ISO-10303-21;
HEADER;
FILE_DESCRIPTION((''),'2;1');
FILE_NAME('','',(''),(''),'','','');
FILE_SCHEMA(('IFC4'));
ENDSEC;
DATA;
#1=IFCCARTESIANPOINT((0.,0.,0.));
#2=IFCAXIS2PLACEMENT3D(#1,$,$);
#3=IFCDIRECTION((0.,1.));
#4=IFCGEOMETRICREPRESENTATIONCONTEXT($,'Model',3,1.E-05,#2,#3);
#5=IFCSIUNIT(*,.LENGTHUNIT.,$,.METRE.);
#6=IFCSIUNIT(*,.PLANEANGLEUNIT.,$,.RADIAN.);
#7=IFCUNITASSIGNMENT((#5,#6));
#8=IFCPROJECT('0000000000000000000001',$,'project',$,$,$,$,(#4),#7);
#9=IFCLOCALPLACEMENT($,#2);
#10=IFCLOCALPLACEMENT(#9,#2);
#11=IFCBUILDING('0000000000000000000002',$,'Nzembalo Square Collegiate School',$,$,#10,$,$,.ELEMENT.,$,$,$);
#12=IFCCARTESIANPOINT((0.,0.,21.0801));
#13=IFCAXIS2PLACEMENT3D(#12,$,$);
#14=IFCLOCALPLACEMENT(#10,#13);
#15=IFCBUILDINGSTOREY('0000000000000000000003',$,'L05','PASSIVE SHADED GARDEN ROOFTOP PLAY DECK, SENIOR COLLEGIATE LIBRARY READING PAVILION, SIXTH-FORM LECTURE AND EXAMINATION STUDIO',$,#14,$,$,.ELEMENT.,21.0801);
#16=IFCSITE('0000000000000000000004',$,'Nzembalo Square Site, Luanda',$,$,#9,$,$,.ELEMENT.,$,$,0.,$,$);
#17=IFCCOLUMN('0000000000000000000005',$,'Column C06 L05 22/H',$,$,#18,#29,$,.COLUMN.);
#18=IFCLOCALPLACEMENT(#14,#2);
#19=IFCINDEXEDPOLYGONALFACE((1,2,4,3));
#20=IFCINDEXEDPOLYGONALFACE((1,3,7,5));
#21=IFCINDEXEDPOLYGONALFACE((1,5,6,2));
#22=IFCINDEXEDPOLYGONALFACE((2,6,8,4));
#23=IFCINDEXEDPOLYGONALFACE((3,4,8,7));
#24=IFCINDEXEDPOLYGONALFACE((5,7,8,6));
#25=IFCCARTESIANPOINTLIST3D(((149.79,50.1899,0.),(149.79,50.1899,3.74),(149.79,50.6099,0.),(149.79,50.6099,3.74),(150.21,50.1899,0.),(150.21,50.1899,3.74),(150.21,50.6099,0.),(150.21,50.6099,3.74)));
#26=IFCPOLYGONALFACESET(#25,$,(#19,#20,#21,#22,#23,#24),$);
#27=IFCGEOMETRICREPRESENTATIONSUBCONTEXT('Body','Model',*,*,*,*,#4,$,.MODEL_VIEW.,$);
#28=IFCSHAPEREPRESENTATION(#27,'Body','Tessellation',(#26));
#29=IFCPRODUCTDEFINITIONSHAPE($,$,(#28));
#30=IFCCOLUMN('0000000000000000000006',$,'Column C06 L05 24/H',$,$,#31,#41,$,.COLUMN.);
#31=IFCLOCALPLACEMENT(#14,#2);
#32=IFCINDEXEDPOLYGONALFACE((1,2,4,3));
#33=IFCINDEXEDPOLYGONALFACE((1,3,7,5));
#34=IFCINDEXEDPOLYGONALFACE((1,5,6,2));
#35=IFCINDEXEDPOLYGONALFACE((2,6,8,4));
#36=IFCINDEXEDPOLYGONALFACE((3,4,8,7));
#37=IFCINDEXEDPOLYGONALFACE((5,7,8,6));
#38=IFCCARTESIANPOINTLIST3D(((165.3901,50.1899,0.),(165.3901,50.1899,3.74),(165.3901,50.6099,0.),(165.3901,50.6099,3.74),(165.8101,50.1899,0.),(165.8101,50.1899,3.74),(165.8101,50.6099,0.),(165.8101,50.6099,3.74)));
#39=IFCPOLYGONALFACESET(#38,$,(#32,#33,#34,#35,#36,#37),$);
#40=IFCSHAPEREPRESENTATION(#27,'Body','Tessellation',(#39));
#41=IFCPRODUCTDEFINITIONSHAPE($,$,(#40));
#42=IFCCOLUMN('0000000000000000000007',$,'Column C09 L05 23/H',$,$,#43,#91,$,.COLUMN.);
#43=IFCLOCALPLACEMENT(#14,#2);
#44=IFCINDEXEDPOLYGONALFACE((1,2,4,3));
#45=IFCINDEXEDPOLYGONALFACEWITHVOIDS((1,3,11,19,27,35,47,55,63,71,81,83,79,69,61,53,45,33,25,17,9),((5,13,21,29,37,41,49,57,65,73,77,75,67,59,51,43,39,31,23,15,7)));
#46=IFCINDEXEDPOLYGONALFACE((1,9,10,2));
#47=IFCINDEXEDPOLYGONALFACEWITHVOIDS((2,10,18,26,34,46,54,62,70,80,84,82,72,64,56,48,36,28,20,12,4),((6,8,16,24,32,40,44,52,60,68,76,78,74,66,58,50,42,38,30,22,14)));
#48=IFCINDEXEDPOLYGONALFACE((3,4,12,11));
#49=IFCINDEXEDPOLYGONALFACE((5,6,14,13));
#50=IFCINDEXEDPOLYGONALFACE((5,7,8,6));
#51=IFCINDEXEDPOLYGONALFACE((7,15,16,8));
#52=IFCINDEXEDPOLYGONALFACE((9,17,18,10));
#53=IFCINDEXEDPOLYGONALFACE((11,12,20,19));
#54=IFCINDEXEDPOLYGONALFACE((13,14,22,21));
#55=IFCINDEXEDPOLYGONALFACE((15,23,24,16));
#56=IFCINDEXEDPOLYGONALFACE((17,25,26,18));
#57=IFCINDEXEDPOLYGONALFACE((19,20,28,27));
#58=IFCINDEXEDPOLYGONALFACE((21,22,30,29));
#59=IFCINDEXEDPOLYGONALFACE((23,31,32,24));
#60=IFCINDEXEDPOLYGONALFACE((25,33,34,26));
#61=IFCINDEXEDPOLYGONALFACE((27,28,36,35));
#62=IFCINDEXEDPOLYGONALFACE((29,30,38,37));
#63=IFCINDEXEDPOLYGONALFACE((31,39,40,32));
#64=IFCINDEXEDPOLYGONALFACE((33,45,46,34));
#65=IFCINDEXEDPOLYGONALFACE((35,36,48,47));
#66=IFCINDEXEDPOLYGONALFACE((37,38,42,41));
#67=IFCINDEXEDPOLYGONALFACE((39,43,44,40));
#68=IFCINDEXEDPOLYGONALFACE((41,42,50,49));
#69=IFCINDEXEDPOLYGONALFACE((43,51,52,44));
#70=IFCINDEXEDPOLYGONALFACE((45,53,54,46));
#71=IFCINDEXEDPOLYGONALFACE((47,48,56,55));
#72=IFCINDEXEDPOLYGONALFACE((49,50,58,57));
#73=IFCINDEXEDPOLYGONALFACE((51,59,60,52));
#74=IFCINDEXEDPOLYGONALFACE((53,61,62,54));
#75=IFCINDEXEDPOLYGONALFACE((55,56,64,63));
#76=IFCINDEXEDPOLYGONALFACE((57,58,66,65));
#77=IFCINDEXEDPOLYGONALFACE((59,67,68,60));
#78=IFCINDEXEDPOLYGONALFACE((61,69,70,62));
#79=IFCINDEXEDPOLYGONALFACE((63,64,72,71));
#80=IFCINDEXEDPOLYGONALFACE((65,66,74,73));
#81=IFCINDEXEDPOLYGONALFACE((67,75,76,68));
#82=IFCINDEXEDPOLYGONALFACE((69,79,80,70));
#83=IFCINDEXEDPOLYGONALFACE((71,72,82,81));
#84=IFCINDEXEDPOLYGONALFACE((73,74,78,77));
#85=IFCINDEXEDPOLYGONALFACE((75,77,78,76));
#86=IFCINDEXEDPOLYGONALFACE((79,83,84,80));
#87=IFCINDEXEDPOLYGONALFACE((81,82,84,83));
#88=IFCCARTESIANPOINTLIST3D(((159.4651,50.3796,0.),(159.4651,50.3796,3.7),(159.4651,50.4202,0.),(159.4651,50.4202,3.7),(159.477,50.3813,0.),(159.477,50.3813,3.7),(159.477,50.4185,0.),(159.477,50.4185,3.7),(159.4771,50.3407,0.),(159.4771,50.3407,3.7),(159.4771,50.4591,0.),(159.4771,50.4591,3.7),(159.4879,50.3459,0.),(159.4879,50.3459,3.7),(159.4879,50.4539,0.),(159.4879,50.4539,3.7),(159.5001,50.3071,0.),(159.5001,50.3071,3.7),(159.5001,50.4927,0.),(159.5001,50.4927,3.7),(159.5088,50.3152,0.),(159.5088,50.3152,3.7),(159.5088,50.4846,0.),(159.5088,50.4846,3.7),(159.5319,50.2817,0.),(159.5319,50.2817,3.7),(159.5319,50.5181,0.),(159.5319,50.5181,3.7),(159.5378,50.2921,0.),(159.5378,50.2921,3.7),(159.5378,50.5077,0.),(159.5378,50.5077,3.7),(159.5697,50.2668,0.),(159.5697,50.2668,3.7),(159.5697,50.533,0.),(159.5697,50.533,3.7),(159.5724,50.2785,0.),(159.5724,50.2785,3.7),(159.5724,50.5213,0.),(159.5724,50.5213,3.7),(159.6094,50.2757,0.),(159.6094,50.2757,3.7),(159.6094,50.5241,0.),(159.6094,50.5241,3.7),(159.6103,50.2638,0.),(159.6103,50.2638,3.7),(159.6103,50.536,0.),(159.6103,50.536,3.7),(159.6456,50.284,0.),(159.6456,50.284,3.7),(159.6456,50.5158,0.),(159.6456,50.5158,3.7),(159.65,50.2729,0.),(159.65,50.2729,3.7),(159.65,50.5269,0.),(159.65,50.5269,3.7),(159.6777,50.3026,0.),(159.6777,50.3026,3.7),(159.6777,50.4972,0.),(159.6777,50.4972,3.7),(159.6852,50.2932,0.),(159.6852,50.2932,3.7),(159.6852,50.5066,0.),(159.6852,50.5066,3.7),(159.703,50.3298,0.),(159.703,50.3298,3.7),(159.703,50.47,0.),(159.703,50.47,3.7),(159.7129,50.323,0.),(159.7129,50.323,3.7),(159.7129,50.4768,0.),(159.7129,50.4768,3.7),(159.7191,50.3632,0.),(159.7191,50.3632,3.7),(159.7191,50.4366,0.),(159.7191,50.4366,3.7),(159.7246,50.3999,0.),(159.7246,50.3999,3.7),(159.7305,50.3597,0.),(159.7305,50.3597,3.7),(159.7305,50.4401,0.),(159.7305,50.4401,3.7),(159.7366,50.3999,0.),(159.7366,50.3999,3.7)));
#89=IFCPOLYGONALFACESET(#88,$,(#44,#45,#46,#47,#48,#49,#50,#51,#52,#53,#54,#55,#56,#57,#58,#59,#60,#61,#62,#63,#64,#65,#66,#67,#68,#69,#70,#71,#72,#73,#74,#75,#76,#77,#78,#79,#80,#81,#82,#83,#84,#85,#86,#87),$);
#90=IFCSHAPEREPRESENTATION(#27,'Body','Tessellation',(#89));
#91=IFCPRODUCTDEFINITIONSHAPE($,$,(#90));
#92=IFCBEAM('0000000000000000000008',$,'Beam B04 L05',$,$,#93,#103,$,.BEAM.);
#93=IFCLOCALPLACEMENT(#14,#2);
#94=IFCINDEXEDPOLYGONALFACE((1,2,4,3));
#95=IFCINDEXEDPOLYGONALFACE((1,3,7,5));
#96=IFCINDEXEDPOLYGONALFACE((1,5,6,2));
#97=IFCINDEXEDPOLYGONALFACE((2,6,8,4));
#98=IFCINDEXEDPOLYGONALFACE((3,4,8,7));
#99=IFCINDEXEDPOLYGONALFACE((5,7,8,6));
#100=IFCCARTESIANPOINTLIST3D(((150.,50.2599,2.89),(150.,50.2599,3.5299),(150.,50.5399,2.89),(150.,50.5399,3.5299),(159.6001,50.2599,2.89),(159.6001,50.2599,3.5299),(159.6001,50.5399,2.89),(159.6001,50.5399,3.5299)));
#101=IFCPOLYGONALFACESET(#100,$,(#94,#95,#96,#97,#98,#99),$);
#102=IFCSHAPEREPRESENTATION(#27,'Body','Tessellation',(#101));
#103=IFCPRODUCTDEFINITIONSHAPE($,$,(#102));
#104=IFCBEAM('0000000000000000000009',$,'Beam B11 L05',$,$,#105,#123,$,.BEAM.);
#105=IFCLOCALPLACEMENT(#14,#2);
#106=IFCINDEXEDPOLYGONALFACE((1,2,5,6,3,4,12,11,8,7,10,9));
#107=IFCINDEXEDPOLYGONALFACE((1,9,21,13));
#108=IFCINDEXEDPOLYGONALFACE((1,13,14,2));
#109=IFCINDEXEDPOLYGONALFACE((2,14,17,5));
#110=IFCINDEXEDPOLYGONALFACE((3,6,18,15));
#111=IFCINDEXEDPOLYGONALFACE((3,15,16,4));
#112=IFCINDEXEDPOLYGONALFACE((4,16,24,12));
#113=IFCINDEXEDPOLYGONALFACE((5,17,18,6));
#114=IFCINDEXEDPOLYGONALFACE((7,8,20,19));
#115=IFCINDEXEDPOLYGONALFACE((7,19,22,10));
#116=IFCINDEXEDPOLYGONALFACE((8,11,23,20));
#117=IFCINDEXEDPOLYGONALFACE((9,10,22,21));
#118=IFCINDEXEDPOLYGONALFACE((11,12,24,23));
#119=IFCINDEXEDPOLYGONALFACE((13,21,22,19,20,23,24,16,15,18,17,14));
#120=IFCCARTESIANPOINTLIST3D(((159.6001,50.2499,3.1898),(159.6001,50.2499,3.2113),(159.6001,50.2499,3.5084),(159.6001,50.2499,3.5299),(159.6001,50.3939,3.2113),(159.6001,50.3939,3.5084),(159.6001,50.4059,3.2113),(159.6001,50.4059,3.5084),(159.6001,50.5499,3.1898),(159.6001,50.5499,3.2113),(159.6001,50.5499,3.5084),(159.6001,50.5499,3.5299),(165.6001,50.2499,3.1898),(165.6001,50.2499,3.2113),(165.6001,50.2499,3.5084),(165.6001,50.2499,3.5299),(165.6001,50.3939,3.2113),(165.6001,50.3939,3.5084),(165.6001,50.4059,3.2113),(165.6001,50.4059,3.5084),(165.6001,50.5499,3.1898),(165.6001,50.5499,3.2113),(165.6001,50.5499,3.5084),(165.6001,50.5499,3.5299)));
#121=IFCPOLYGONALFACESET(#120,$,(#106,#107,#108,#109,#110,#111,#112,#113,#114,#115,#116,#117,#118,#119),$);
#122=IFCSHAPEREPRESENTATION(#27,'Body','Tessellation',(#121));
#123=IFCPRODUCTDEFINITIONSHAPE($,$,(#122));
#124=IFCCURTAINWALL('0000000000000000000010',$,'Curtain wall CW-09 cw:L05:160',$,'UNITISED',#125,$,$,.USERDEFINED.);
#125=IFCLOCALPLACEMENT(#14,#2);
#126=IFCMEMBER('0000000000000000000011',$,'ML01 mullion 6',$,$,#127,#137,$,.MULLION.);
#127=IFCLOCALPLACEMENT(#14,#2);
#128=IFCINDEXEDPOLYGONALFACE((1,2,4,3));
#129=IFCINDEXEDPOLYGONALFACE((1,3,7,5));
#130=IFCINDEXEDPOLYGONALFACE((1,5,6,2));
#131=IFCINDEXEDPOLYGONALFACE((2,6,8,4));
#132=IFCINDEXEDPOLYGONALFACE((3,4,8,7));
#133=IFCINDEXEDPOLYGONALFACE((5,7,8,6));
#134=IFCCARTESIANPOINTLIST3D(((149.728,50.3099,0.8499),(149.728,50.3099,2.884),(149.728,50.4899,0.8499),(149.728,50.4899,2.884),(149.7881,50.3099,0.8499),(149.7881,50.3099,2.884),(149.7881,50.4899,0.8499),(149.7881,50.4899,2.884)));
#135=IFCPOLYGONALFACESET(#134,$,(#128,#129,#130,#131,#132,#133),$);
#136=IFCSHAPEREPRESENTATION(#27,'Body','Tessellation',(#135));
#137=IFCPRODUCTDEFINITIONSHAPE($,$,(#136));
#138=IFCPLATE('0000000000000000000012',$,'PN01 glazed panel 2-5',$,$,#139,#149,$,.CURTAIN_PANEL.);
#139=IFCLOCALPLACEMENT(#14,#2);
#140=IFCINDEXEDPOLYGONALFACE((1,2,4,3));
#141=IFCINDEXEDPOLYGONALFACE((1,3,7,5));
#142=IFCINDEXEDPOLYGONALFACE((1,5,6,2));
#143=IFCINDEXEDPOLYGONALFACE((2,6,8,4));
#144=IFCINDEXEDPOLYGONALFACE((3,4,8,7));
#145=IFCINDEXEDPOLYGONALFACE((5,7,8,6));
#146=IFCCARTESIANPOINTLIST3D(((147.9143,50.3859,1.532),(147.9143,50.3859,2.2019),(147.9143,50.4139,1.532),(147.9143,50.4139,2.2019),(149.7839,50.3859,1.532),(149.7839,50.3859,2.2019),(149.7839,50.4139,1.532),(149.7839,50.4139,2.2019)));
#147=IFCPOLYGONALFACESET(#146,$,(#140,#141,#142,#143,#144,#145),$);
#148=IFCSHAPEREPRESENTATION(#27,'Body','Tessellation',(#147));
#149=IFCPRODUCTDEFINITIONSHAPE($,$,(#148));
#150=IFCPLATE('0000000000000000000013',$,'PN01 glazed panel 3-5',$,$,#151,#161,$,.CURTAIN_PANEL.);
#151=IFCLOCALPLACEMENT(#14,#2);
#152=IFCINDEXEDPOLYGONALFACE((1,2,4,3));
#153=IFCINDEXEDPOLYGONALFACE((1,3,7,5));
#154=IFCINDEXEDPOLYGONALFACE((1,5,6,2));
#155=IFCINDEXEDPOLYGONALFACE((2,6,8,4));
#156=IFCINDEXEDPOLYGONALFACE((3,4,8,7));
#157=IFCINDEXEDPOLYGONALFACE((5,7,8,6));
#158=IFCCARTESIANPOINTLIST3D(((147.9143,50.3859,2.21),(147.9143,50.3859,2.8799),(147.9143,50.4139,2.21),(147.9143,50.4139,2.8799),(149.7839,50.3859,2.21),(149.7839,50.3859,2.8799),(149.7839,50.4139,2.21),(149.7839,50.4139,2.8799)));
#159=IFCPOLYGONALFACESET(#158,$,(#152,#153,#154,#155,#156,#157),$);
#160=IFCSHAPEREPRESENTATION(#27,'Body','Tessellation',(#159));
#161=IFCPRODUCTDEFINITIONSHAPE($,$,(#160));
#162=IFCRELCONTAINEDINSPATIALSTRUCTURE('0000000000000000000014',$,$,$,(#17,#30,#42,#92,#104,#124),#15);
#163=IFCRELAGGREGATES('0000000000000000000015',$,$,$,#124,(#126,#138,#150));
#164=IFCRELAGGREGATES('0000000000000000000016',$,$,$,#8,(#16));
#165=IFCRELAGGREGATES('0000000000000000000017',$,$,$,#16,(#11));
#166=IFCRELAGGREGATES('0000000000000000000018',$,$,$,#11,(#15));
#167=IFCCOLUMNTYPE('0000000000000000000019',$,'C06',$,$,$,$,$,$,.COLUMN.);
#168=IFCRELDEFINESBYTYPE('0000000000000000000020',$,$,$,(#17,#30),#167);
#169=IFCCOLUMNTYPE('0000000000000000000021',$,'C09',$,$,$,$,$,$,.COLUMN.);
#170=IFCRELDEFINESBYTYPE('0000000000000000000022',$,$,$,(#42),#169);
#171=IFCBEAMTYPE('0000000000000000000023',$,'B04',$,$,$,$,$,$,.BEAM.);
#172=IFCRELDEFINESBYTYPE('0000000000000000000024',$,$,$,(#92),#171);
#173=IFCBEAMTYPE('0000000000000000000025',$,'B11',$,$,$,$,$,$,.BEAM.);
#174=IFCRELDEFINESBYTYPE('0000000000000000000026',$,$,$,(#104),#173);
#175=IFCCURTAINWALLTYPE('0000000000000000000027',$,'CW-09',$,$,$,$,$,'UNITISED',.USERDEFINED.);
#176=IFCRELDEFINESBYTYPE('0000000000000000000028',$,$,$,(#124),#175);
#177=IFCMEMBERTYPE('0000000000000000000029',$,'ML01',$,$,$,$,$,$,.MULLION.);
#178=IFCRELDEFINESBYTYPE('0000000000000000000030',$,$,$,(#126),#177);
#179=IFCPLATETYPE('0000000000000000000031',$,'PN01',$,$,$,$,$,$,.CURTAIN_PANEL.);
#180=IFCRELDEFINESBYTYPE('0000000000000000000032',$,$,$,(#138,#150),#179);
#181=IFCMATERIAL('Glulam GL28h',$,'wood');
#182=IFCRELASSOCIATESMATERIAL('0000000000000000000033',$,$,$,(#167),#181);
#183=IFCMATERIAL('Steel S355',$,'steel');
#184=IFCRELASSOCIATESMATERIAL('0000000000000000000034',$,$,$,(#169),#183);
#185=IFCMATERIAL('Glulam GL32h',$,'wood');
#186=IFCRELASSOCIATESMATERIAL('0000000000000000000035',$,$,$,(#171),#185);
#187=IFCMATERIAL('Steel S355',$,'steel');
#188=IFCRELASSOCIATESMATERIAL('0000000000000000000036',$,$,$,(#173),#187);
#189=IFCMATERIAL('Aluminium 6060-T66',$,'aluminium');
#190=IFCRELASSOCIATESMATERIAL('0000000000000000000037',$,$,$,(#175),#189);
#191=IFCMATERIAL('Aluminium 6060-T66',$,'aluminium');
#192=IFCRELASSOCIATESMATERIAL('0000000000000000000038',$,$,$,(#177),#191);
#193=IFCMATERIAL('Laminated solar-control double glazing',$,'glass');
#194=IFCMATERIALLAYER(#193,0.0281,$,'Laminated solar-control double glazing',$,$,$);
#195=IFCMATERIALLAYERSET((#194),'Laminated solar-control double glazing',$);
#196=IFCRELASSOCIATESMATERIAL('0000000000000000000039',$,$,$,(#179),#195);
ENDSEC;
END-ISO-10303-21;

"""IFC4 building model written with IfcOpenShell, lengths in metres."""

from ifc_helpers import new_model, si_unit, direction, frame, origin, origin_2d, place, context, subcontext, project, spatial, rectangle, hollow_circle, i_section, extrude, material, layer, layer_set, material_profile, profile_set, type_object, element, aggregate, save


model = new_model("IFC4")

# Units and contexts
model_context = context("Model", 3, precision=1e-05, world=origin(), true_north=direction((0.0, 1.0)))
body_context = subcontext(model_context, "Body", "Model", "MODEL_VIEW")
ifc_project = project(units=[si_unit("LENGTHUNIT", "METRE"), si_unit("PLANEANGLEUNIT", "RADIAN")], contexts=[model_context])

# Site, building, storey
site_placement = place(None, origin())
site = spatial("IfcSite", under=ifc_project, at=site_placement, Name="Nzembalo Square Site, Luanda", CompositionType="ELEMENT", RefElevation=0.0)
building_placement = place(site_placement, origin())
building = spatial("IfcBuilding", under=site, at=building_placement, Name="Nzembalo Square Collegiate School", CompositionType="ELEMENT")
storey_placement = place(building_placement, frame((0.0, 0.0, 21.0801)))
storey = spatial("IfcBuildingStorey", under=building, at=storey_placement, Name="L05", Description="PASSIVE SHADED GARDEN ROOFTOP PLAY DECK, SENIOR COLLEGIATE LIBRARY READING PAVILION, SIXTH-FORM LECTURE AND EXAMINATION STUDIO", CompositionType="ELEMENT", Elevation=21.0801)

# Columns
ifc_material_1 = material(Name="Glulam GL28h", Category="wood")
ifc_material_profile_1 = material_profile(ifc_material_1, rectangle(XDim=0.4199, YDim=0.4199, at=origin_2d()), Name="GL28h 420x420")
ifc_profile_set_1 = profile_set([ifc_material_profile_1], Name="Glulam GL28h")
column_type_1 = type_object("IfcColumnType", Name="C06", PredefinedType="COLUMN", material=ifc_profile_set_1)
for number, where, z_axis, x_axis, name in (
    (1, (150.0, 50.3999, 0.0), (0.0, 0.0, 1.0), (1.0, 0.0, 0.0), "Column C06 L05 22/H"),
    (2, (165.6001, 50.3999, 0.0), (0.0, 0.0, 1.0), (1.0, 0.0, 0.0), "Column C06 L05 24/H"),
):
    element("IfcColumn", number, at=place(storey_placement, frame(where, z_axis=z_axis, x_axis=x_axis)), inside=storey, type_object=column_type_1, Name=name, PredefinedType="COLUMN", context=body_context, shape_type="SweptSolid", body=[
        extrude(rectangle(XDim=0.4199, YDim=0.4199, at=origin_2d()), origin(), (0.0, 0.0, 1.0), 3.74),
    ])
ifc_material_2 = material(Name="Steel S355", Category="steel")
ifc_material_profile_2 = material_profile(ifc_material_2, hollow_circle(Radius=0.1365, WallThickness=0.012, at=origin_2d()), Name="CHS 273x12")
ifc_profile_set_2 = profile_set([ifc_material_profile_2], Name="Steel S355")
column_type_2 = type_object("IfcColumnType", Name="C09", PredefinedType="COLUMN", material=ifc_profile_set_2)
column_placement = place(storey_placement, frame((159.6001, 50.3999, 0.0), z_axis=(0.0, 0.0, 1.0), x_axis=(1.0, 0.0, 0.0)))
element("IfcColumn", 3, at=column_placement, inside=storey, type_object=column_type_2, Name="Column C09 L05 23/H", PredefinedType="COLUMN", context=body_context, shape_type="SweptSolid", body=[
    extrude(hollow_circle(Radius=0.1365, WallThickness=0.012, at=origin_2d()), origin(), (0.0, 0.0, 1.0), 3.7),
])

# Beams
ifc_material_3 = material(Name="Glulam GL32h", Category="wood")
ifc_material_profile_3 = material_profile(ifc_material_3, rectangle(XDim=0.28, YDim=0.6399, at=origin_2d()), Name="GL32h 280x640")
ifc_profile_set_3 = profile_set([ifc_material_profile_3], Name="Glulam GL32h")
beam_type_1 = type_object("IfcBeamType", Name="B04", PredefinedType="BEAM", material=ifc_profile_set_3)
beam_1_placement = place(storey_placement, frame((150.0, 50.3999, 3.21), z_axis=(1.0, 0.0, 0.0), x_axis=(0.0, 1.0, 0.0)))
element("IfcBeam", 4, at=beam_1_placement, inside=storey, type_object=beam_type_1, Name="Beam B04 L05", PredefinedType="BEAM", context=body_context, shape_type="SweptSolid", body=[
    extrude(rectangle(XDim=0.28, YDim=0.6399, at=origin_2d()), origin(), (0.0, 0.0, 1.0), 9.6001),
])
ifc_material_4 = material(Name="Steel S355", Category="steel")
ifc_material_profile_4 = material_profile(ifc_material_4, i_section(OverallWidth=0.3, OverallDepth=0.3401, WebThickness=0.012, FlangeThickness=0.0215, at=origin_2d()), Name="HEB 340")
ifc_profile_set_4 = profile_set([ifc_material_profile_4], Name="Steel S355")
beam_type_2 = type_object("IfcBeamType", Name="B11", PredefinedType="BEAM", material=ifc_profile_set_4)
beam_2_placement = place(storey_placement, frame((159.6001, 50.3999, 3.3599), z_axis=(1.0, 0.0, 0.0), x_axis=(0.0, 1.0, 0.0)))
element("IfcBeam", 5, at=beam_2_placement, inside=storey, type_object=beam_type_2, Name="Beam B11 L05", PredefinedType="BEAM", context=body_context, shape_type="SweptSolid", body=[
    extrude(i_section(OverallWidth=0.3, OverallDepth=0.3401, WebThickness=0.012, FlangeThickness=0.0215, at=origin_2d()), origin(), (0.0, 0.0, 1.0), 6.0),
])

# Curtain wall, member, plates
ifc_material_5 = material(Name="Aluminium 6060-T66", Category="aluminium")
curtain_wall_type = type_object("IfcCurtainWallType", Name="CW-09", ElementType="UNITISED", PredefinedType="USERDEFINED", material=ifc_material_5)
curtain_wall_placement = place(storey_placement, origin())
curtain_wall = element("IfcCurtainWall", 6, at=curtain_wall_placement, inside=storey, type_object=curtain_wall_type, Name="Curtain wall CW-09 cw:L05:160", ObjectType="UNITISED", PredefinedType="USERDEFINED")
ifc_material_6 = material(Name="Aluminium 6060-T66", Category="aluminium")
ifc_material_profile_5 = material_profile(ifc_material_6, rectangle(XDim=0.0601, YDim=0.1799, at=origin_2d()), Name="ALU M60x180")
ifc_profile_set_5 = profile_set([ifc_material_profile_5], Name="Aluminium 6060-T66")
member_type = type_object("IfcMemberType", Name="ML01", PredefinedType="MULLION", material=ifc_profile_set_5)
member_placement = place(storey_placement, frame((149.7581, 50.3999, 0.8499), z_axis=(0.0, 0.0, 1.0), x_axis=(1.0, 0.0, 0.0)))
member = element("IfcMember", 7, at=member_placement, type_object=member_type, Name="ML01 mullion 6", PredefinedType="MULLION", context=body_context, shape_type="SweptSolid", body=[
    extrude(rectangle(XDim=0.0601, YDim=0.1799, at=origin_2d()), origin(), (0.0, 0.0, 1.0), 2.0342),
])
ifc_material_7 = material(Name="Laminated solar-control double glazing", Category="glass")
ifc_layer_1 = layer(ifc_material_7, 0.0281, Name="Laminated solar-control double glazing")
ifc_layer_set_1 = layer_set([ifc_layer_1], Name="Laminated solar-control double glazing")
plate_type = type_object("IfcPlateType", Name="PN01", PredefinedType="CURTAIN_PANEL", material=ifc_layer_set_1)
plate_1_placement = place(storey_placement, frame((148.8491, 50.3999, 1.532), z_axis=(0.0, 0.0, 1.0), x_axis=(1.0, 0.0, 0.0)))
plate_1 = element("IfcPlate", 8, at=plate_1_placement, type_object=plate_type, Name="PN01 glazed panel 2-5", PredefinedType="CURTAIN_PANEL", context=body_context, shape_type="SweptSolid", body=[
    extrude(rectangle(XDim=1.8696, YDim=0.0281, at=origin_2d()), origin(), (0.0, 0.0, 1.0), 0.6699),
])
plate_2_placement = place(storey_placement, frame((148.8491, 50.3999, 2.21), z_axis=(0.0, 0.0, 1.0), x_axis=(1.0, 0.0, 0.0)))
plate_2 = element("IfcPlate", 9, at=plate_2_placement, type_object=plate_type, Name="PN01 glazed panel 3-5", PredefinedType="CURTAIN_PANEL", context=body_context, shape_type="SweptSolid", body=[
    extrude(rectangle(XDim=1.8696, YDim=0.0281, at=origin_2d()), origin(), (0.0, 0.0, 1.0), 0.6699),
])
aggregate(curtain_wall, [member, plate_1, plate_2])

save(model, "model.ifc")
